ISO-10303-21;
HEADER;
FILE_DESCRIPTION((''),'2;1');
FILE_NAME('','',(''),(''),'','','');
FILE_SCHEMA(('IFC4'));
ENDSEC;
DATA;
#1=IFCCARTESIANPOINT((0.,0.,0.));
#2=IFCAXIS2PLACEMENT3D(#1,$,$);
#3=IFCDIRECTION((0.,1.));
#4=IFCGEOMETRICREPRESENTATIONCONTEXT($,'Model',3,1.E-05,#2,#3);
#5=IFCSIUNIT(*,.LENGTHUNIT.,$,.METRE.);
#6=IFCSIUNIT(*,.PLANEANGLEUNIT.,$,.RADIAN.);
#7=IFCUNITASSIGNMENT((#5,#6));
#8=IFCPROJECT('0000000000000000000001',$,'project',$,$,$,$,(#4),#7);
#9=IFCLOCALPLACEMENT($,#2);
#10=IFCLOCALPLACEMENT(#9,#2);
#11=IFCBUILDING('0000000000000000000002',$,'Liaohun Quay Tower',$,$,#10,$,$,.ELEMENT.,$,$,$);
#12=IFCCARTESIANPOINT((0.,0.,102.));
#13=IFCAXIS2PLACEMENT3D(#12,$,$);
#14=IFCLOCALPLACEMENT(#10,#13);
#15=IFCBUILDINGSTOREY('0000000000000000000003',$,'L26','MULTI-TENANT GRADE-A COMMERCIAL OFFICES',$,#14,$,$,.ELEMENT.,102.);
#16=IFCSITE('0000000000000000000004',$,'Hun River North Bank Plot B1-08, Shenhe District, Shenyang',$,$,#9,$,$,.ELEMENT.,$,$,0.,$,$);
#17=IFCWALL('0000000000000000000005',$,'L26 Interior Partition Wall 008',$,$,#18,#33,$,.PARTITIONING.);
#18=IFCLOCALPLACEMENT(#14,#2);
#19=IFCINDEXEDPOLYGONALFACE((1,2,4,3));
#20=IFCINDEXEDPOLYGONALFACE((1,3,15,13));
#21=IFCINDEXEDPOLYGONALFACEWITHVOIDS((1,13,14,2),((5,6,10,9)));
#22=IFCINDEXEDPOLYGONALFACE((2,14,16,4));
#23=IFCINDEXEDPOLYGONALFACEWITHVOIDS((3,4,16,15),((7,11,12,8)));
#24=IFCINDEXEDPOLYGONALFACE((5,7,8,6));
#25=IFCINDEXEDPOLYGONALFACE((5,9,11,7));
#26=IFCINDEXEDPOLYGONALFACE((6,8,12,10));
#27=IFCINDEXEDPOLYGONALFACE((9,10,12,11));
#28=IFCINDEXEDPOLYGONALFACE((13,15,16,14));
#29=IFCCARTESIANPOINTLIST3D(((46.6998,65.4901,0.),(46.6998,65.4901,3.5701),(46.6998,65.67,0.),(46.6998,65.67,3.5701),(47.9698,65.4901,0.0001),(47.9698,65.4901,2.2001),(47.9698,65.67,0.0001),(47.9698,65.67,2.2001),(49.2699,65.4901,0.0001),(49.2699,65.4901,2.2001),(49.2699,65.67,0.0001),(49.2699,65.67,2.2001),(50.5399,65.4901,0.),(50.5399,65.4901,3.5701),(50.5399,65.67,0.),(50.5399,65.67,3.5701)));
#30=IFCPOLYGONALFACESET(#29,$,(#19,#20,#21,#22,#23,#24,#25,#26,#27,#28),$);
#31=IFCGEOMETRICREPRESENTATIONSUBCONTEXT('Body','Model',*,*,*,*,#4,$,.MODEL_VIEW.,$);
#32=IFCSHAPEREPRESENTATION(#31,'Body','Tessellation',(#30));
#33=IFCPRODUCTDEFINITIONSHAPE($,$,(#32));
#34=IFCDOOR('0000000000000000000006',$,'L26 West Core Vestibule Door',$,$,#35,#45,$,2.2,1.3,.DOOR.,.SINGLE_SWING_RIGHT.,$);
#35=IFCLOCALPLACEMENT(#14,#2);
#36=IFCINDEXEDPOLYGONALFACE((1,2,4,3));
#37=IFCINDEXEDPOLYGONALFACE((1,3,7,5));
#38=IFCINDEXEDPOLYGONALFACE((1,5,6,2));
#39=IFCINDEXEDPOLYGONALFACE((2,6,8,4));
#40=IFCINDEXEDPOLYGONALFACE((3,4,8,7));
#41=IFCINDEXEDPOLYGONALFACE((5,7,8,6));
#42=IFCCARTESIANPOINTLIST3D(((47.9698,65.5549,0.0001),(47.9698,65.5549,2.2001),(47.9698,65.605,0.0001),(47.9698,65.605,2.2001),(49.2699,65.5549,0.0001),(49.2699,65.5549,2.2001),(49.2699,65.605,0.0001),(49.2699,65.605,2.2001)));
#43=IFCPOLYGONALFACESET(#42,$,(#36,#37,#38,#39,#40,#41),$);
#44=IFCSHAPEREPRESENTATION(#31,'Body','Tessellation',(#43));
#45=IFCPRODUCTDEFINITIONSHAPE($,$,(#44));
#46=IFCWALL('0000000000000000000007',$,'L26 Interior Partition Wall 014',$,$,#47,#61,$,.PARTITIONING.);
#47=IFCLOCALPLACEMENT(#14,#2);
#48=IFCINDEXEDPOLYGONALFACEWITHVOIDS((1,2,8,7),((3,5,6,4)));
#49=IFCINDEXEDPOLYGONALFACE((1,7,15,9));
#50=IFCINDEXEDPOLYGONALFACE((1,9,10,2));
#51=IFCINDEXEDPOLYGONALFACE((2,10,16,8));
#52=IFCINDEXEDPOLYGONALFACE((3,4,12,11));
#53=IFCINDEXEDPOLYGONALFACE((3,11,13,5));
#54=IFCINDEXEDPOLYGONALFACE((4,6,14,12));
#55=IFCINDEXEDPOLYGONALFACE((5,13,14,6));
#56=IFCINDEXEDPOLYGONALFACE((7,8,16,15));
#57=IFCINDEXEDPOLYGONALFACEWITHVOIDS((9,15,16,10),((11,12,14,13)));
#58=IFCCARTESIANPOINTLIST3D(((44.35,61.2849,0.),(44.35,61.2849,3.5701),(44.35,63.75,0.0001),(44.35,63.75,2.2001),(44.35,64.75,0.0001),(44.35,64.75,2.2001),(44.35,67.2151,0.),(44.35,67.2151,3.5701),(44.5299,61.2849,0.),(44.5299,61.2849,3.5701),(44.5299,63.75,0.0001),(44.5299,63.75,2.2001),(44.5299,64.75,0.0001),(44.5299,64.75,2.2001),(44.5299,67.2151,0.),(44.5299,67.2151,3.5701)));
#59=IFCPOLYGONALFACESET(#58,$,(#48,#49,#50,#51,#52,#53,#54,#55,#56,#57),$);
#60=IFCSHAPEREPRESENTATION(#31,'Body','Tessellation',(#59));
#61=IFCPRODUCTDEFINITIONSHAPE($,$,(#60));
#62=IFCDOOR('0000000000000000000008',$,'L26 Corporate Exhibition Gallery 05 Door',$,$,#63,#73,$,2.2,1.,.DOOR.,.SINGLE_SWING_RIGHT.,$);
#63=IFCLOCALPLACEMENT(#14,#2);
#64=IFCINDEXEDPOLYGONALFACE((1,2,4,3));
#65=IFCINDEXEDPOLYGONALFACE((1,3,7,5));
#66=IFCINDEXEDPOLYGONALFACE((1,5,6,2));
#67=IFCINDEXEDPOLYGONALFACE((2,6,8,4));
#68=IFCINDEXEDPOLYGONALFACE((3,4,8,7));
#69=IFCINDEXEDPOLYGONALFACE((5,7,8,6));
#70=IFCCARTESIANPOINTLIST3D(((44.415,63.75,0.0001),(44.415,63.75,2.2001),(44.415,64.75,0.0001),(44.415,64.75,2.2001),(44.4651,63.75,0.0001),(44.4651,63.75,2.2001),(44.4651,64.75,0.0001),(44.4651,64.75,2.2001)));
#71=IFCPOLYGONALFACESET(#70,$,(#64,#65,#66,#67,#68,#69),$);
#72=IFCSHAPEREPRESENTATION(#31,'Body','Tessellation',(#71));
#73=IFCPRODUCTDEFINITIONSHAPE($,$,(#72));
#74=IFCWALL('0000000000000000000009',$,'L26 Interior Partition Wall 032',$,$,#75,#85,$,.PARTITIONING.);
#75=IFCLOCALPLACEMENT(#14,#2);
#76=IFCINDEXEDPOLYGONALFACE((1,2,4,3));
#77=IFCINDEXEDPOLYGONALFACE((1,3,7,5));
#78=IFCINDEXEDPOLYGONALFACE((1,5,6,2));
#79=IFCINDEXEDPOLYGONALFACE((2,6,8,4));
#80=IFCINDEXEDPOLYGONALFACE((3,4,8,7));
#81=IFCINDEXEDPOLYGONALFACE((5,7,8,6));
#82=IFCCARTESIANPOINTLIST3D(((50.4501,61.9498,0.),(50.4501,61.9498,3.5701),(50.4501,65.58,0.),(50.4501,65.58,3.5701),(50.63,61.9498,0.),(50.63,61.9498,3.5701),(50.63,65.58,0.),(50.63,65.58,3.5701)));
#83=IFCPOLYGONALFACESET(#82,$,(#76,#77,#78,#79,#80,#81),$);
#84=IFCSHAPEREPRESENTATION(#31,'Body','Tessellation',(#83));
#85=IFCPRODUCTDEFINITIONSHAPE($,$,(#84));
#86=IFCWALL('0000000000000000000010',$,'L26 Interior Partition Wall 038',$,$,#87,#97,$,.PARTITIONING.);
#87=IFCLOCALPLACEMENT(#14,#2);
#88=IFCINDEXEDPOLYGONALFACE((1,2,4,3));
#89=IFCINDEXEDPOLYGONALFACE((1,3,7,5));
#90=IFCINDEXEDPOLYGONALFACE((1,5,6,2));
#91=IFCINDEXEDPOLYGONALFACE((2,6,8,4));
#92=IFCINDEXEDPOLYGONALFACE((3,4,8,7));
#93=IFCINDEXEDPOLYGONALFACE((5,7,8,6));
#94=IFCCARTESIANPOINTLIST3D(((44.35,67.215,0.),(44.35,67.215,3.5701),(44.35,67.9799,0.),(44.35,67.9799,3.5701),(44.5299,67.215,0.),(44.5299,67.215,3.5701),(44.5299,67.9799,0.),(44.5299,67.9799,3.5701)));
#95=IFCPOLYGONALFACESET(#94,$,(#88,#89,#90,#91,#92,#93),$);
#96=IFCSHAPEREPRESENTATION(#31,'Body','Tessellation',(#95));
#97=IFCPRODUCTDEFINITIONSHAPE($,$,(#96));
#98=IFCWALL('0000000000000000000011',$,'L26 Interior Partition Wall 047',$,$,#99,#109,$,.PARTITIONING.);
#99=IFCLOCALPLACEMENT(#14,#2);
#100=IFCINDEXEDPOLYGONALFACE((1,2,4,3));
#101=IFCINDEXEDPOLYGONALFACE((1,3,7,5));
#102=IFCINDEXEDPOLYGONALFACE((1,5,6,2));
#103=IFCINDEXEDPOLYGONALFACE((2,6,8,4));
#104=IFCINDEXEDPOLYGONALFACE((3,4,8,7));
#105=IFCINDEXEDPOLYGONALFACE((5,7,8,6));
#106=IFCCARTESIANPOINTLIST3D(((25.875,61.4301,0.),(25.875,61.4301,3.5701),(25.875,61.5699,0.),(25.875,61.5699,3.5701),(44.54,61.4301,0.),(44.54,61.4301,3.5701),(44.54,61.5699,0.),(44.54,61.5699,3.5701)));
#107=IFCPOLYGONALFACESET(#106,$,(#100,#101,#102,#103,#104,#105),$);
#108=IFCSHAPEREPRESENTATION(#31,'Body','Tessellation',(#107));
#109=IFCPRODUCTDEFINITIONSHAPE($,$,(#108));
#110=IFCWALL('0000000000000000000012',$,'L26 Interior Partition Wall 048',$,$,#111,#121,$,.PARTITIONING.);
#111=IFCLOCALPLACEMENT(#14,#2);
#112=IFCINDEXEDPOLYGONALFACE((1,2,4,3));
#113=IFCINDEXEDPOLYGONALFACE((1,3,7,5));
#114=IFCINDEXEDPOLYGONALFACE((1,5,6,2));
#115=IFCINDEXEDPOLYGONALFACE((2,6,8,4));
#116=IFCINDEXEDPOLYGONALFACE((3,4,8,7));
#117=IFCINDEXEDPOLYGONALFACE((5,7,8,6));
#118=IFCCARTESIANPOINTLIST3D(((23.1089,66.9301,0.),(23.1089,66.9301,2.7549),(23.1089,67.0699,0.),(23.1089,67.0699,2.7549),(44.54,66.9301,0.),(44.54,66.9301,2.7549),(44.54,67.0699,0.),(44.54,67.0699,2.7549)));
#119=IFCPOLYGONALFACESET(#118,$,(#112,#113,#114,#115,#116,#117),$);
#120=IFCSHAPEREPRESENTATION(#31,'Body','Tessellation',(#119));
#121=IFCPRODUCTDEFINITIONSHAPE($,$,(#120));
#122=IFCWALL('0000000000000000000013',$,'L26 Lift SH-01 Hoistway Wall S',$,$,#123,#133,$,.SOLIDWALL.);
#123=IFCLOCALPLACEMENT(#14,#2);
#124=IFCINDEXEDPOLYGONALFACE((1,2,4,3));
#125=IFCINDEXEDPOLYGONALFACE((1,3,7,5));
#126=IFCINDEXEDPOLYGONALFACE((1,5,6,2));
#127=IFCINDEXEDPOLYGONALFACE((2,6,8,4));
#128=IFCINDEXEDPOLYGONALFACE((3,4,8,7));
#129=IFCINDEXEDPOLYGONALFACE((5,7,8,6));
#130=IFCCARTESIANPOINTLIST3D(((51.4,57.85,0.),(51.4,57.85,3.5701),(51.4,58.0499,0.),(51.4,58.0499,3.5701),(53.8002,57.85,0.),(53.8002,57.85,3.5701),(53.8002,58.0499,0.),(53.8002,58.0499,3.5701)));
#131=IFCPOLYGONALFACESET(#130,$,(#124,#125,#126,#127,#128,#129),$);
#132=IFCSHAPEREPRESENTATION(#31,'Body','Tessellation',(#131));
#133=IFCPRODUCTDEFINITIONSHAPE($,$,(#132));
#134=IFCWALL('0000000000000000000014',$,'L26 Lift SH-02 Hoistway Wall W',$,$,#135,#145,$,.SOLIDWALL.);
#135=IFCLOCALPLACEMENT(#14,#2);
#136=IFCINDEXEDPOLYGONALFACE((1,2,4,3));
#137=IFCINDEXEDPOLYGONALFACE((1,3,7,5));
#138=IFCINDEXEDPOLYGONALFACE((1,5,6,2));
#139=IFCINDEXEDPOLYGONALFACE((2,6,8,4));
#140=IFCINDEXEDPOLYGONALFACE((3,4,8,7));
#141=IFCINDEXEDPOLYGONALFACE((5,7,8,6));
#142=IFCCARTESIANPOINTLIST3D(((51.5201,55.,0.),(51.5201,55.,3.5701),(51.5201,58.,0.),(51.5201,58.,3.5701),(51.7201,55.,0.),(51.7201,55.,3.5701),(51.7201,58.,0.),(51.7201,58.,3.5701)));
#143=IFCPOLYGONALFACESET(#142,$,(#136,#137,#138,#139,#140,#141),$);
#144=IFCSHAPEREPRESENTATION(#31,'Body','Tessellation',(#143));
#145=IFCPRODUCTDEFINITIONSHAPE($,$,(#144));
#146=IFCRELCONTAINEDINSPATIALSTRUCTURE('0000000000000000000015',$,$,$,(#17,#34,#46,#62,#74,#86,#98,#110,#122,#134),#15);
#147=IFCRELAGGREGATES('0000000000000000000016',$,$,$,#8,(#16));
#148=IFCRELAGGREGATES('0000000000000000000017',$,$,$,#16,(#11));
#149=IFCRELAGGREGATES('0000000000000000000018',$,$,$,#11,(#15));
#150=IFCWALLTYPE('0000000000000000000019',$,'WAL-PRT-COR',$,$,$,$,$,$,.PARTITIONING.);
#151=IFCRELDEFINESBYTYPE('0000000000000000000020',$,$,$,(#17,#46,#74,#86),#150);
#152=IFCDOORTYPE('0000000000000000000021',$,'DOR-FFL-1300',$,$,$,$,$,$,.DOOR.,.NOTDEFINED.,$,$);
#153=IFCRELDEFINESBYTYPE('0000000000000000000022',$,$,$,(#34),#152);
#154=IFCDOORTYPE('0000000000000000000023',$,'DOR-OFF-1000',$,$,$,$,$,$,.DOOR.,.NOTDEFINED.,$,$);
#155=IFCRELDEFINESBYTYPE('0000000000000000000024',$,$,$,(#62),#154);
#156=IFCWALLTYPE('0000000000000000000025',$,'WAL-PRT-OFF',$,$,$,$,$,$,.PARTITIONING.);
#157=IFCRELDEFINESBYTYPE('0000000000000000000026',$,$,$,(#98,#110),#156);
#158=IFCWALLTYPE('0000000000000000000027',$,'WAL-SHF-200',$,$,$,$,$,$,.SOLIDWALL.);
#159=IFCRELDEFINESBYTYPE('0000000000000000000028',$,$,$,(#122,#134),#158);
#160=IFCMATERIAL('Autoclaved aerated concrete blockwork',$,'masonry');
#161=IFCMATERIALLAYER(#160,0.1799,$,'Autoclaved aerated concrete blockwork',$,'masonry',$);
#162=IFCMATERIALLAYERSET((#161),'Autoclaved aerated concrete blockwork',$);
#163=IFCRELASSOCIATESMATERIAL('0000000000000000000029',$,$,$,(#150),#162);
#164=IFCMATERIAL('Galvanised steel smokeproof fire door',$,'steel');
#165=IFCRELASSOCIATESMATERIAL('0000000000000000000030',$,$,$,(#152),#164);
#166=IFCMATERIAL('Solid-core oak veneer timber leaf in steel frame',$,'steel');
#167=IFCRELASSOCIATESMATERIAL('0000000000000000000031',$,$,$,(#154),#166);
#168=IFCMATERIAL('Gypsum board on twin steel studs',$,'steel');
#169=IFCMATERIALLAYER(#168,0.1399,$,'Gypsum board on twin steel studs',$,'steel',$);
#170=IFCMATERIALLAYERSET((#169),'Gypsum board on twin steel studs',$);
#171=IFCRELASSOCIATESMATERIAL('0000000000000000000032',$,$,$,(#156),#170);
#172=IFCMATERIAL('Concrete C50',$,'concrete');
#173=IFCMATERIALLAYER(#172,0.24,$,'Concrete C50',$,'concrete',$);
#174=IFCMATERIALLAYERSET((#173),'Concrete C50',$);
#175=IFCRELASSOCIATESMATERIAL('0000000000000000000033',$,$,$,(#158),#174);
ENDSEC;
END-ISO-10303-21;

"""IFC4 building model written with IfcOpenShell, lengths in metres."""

from ifc_helpers import new_model, si_unit, direction, frame, frame_2d, origin, place, context, subcontext, project, spatial, rectangle, extrude, source, transform, mapped, material, layer, layer_set, type_object, element, fill, save


model = new_model("IFC4")

# Units and contexts
model_context = context("Model", 3, precision=1e-05, world=origin(), true_north=direction((0.0, 1.0)))
body_context = subcontext(model_context, "Body", "Model", "MODEL_VIEW")
ifc_project = project(units=[si_unit("LENGTHUNIT", "METRE"), si_unit("PLANEANGLEUNIT", "RADIAN")], contexts=[model_context])

# Site, building, storey
site_placement = place(None, origin())
site = spatial("IfcSite", under=ifc_project, at=site_placement, Name="Hun River North Bank Plot B1-08, Shenhe District, Shenyang", CompositionType="ELEMENT", RefElevation=0.0)
building_placement = place(site_placement, origin())
building = spatial("IfcBuilding", under=site, at=building_placement, Name="Liaohun Quay Tower", CompositionType="ELEMENT")
storey_placement = place(building_placement, frame((0.0, 0.0, 102.0)))
storey = spatial("IfcBuildingStorey", under=building, at=storey_placement, Name="L26", Description="MULTI-TENANT GRADE-A COMMERCIAL OFFICES", CompositionType="ELEMENT", Elevation=102.0)

# Walls, openings, doors
ifc_material_1 = material(Name="Autoclaved aerated concrete blockwork", Category="masonry")
ifc_layer_1 = layer(ifc_material_1, 0.1799, Name="Autoclaved aerated concrete blockwork", Category="masonry")
ifc_layer_set_1 = layer_set([ifc_layer_1], Name="Autoclaved aerated concrete blockwork")
wall_type_1 = type_object("IfcWallType", Name="WAL-PRT-COR", PredefinedType="PARTITIONING", material=ifc_layer_set_1)
wall_1_placement = place(storey_placement, frame((46.7, 65.5801, 0.0), z_axis=(0.0, 0.0, 1.0), x_axis=(1.0, 0.0, 0.0)))
wall_1 = element("IfcWall", 1, at=wall_1_placement, inside=storey, type_object=wall_type_1, Name="L26 Interior Partition Wall 008", PredefinedType="PARTITIONING", context=body_context, shape_type="SweptSolid", body=[
    extrude(rectangle(XDim=3.8401, YDim=0.1799, at=frame_2d((1.9199, 0.0))), origin(), (0.0, 0.0, 1.0), 3.5701),
])
shared_shape_1 = source(origin(), body_context, "Body", "SweptSolid", [
    extrude(rectangle(XDim=1.3, YDim=2.2, at=frame_2d((0.6499, 1.1001))), frame((0.0, 0.0999, 0.0), z_axis=(0.0, -1.0, 0.0), x_axis=(1.0, 0.0, 0.0)), (0.0, 0.0, 1.0), 0.2),
])
opening_1_placement = place(wall_1_placement, frame((1.27, 0.0, 0.0)))
opening_1 = element("IfcOpeningElement", 2, at=opening_1_placement, cuts=wall_1, PredefinedType="OPENING", context=body_context, shape_type="MappedRepresentation", body=[
    mapped(shared_shape_1, transform((0.0, 0.0, 0.0), x_axis=(1.0, 0.0, 0.0), y_axis=(0.0, 1.0, 0.0), z_axis=(0.0, 0.0, 1.0), scale=1.0)),
])
ifc_material_2 = material(Name="Galvanised steel smokeproof fire door", Category="steel")
door_type_1 = type_object("IfcDoorType", Name="DOR-FFL-1300", OperationType="NOTDEFINED", PredefinedType="DOOR", material=ifc_material_2)
shared_shape_2 = source(origin(), body_context, "Body", "SweptSolid", [
    extrude(rectangle(XDim=1.3, YDim=2.2, at=frame_2d((0.6499, 1.1001))), frame((0.0, 0.0249, 0.0), z_axis=(0.0, -1.0, 0.0), x_axis=(1.0, 0.0, 0.0)), (0.0, 0.0, 1.0), 0.05),
])
door_1_placement = place(opening_1_placement, origin())
door_1 = element("IfcDoor", 3, at=door_1_placement, inside=storey, type_object=door_type_1, Name="L26 West Core Vestibule Door", OperationType="SINGLE_SWING_RIGHT", OverallHeight=2.2, OverallWidth=1.3, PredefinedType="DOOR", context=body_context, shape_type="MappedRepresentation", body=[
    mapped(shared_shape_2, transform((0.0, 0.0, 0.0), x_axis=(1.0, 0.0, 0.0), y_axis=(0.0, 1.0, 0.0), z_axis=(0.0, 0.0, 1.0), scale=1.0)),
])
fill(opening_1, door_1)
wall_2_placement = place(storey_placement, frame((44.4399, 61.2849, 0.0), z_axis=(0.0, 0.0, 1.0), x_axis=(0.0, 1.0, 0.0)))
wall_2 = element("IfcWall", 4, at=wall_2_placement, inside=storey, type_object=wall_type_1, Name="L26 Interior Partition Wall 014", PredefinedType="PARTITIONING", context=body_context, shape_type="SweptSolid", body=[
    extrude(rectangle(XDim=5.9302, YDim=0.1799, at=frame_2d((2.9651, 0.0))), origin(), (0.0, 0.0, 1.0), 3.5701),
])
shared_shape_3 = source(origin(), body_context, "Body", "SweptSolid", [
    extrude(rectangle(XDim=1.0, YDim=2.2, at=frame_2d((0.5, 1.1001))), frame((0.0, 0.0999, 0.0), z_axis=(0.0, -1.0, 0.0), x_axis=(1.0, 0.0, 0.0)), (0.0, 0.0, 1.0), 0.2),
])
opening_2_placement = place(wall_2_placement, frame((2.4651, 0.0, 0.0)))
opening_2 = element("IfcOpeningElement", 5, at=opening_2_placement, cuts=wall_2, PredefinedType="OPENING", context=body_context, shape_type="MappedRepresentation", body=[
    mapped(shared_shape_3, transform((0.0, 0.0, 0.0), x_axis=(1.0, 0.0, 0.0), y_axis=(0.0, 1.0, 0.0), z_axis=(0.0, 0.0, 1.0), scale=1.0)),
])
ifc_material_3 = material(Name="Solid-core oak veneer timber leaf in steel frame", Category="steel")
door_type_2 = type_object("IfcDoorType", Name="DOR-OFF-1000", OperationType="NOTDEFINED", PredefinedType="DOOR", material=ifc_material_3)
shared_shape_4 = source(origin(), body_context, "Body", "SweptSolid", [
    extrude(rectangle(XDim=1.0, YDim=2.2, at=frame_2d((0.5, 1.1001))), frame((0.0, 0.0249, 0.0), z_axis=(0.0, -1.0, 0.0), x_axis=(1.0, 0.0, 0.0)), (0.0, 0.0, 1.0), 0.05),
])
door_2_placement = place(opening_2_placement, origin())
door_2 = element("IfcDoor", 6, at=door_2_placement, inside=storey, type_object=door_type_2, Name="L26 Corporate Exhibition Gallery 05 Door", OperationType="SINGLE_SWING_RIGHT", OverallHeight=2.2, OverallWidth=1.0, PredefinedType="DOOR", context=body_context, shape_type="MappedRepresentation", body=[
    mapped(shared_shape_4, transform((0.0, 0.0, 0.0), x_axis=(1.0, 0.0, 0.0), y_axis=(0.0, 1.0, 0.0), z_axis=(0.0, 0.0, 1.0), scale=1.0)),
])
fill(opening_2, door_2)

# Walls
wall_3_placement = place(storey_placement, frame((50.54, 61.95, 0.0), z_axis=(0.0, 0.0, 1.0), x_axis=(0.0, 1.0, 0.0)))
element("IfcWall", 7, at=wall_3_placement, inside=storey, type_object=wall_type_1, Name="L26 Interior Partition Wall 032", PredefinedType="PARTITIONING", context=body_context, shape_type="SweptSolid", body=[
    extrude(rectangle(XDim=3.6301, YDim=0.1799, at=frame_2d((1.8149, 0.0))), origin(), (0.0, 0.0, 1.0), 3.5701),
])
wall_4_placement = place(storey_placement, frame((44.4399, 67.2151, 0.0), z_axis=(0.0, 0.0, 1.0), x_axis=(0.0, 1.0, 0.0)))
element("IfcWall", 8, at=wall_4_placement, inside=storey, type_object=wall_type_1, Name="L26 Interior Partition Wall 038", PredefinedType="PARTITIONING", context=body_context, shape_type="SweptSolid", body=[
    extrude(rectangle(XDim=0.7649, YDim=0.1799, at=frame_2d((0.3823, 0.0))), origin(), (0.0, 0.0, 1.0), 3.5701),
])
ifc_material_4 = material(Name="Gypsum board on twin steel studs", Category="steel")
ifc_layer_2 = layer(ifc_material_4, 0.1399, Name="Gypsum board on twin steel studs", Category="steel")
ifc_layer_set_2 = layer_set([ifc_layer_2], Name="Gypsum board on twin steel studs")
wall_type_2 = type_object("IfcWallType", Name="WAL-PRT-OFF", PredefinedType="PARTITIONING", material=ifc_layer_set_2)
wall_5_placement = place(storey_placement, frame((44.54, 61.5, 0.0), z_axis=(0.0, 0.0, 1.0), x_axis=(-1.0, 0.0, 0.0)))
element("IfcWall", 9, at=wall_5_placement, inside=storey, type_object=wall_type_2, Name="L26 Interior Partition Wall 047", PredefinedType="PARTITIONING", context=body_context, shape_type="SweptSolid", body=[
    extrude(rectangle(XDim=18.665, YDim=0.1399, at=frame_2d((9.3325, 0.0))), origin(), (0.0, 0.0, 1.0), 3.5701),
])
wall_6_placement = place(storey_placement, frame((44.54, 67.0, 0.0), z_axis=(0.0, 0.0, 1.0), x_axis=(-1.0, 0.0, 0.0)))
element("IfcWall", 10, at=wall_6_placement, inside=storey, type_object=wall_type_2, Name="L26 Interior Partition Wall 048", PredefinedType="PARTITIONING", context=body_context, shape_type="SweptSolid", body=[
    extrude(rectangle(XDim=21.4312, YDim=0.1399, at=frame_2d((10.7156, 0.0))), origin(), (0.0, 0.0, 1.0), 2.7549),
])
ifc_material_5 = material(Name="Concrete C50", Category="concrete")
ifc_layer_3 = layer(ifc_material_5, 0.24, Name="Concrete C50", Category="concrete")
ifc_layer_set_3 = layer_set([ifc_layer_3], Name="Concrete C50")
wall_type_3 = type_object("IfcWallType", Name="WAL-SHF-200", PredefinedType="SOLIDWALL", material=ifc_layer_set_3)
wall_7_placement = place(storey_placement, frame((51.3999, 57.95, 0.0), z_axis=(0.0, 0.0, 1.0), x_axis=(1.0, 0.0, 0.0)))
element("IfcWall", 11, at=wall_7_placement, inside=storey, type_object=wall_type_3, Name="L26 Lift SH-01 Hoistway Wall S", PredefinedType="SOLIDWALL", context=body_context, shape_type="SweptSolid", body=[
    extrude(rectangle(XDim=2.4001, YDim=0.2, at=frame_2d((1.2002, 0.0))), origin(), (0.0, 0.0, 1.0), 3.5701),
])
wall_8_placement = place(storey_placement, frame((51.6201, 58.0, 0.0), z_axis=(0.0, 0.0, 1.0), x_axis=(0.0, -1.0, 0.0)))
element("IfcWall", 12, at=wall_8_placement, inside=storey, type_object=wall_type_3, Name="L26 Lift SH-02 Hoistway Wall W", PredefinedType="SOLIDWALL", context=body_context, shape_type="SweptSolid", body=[
    extrude(rectangle(XDim=3.0, YDim=0.2, at=frame_2d((1.5, 0.0))), origin(), (0.0, 0.0, 1.0), 3.5701),
])

save(model, "model.ifc")
